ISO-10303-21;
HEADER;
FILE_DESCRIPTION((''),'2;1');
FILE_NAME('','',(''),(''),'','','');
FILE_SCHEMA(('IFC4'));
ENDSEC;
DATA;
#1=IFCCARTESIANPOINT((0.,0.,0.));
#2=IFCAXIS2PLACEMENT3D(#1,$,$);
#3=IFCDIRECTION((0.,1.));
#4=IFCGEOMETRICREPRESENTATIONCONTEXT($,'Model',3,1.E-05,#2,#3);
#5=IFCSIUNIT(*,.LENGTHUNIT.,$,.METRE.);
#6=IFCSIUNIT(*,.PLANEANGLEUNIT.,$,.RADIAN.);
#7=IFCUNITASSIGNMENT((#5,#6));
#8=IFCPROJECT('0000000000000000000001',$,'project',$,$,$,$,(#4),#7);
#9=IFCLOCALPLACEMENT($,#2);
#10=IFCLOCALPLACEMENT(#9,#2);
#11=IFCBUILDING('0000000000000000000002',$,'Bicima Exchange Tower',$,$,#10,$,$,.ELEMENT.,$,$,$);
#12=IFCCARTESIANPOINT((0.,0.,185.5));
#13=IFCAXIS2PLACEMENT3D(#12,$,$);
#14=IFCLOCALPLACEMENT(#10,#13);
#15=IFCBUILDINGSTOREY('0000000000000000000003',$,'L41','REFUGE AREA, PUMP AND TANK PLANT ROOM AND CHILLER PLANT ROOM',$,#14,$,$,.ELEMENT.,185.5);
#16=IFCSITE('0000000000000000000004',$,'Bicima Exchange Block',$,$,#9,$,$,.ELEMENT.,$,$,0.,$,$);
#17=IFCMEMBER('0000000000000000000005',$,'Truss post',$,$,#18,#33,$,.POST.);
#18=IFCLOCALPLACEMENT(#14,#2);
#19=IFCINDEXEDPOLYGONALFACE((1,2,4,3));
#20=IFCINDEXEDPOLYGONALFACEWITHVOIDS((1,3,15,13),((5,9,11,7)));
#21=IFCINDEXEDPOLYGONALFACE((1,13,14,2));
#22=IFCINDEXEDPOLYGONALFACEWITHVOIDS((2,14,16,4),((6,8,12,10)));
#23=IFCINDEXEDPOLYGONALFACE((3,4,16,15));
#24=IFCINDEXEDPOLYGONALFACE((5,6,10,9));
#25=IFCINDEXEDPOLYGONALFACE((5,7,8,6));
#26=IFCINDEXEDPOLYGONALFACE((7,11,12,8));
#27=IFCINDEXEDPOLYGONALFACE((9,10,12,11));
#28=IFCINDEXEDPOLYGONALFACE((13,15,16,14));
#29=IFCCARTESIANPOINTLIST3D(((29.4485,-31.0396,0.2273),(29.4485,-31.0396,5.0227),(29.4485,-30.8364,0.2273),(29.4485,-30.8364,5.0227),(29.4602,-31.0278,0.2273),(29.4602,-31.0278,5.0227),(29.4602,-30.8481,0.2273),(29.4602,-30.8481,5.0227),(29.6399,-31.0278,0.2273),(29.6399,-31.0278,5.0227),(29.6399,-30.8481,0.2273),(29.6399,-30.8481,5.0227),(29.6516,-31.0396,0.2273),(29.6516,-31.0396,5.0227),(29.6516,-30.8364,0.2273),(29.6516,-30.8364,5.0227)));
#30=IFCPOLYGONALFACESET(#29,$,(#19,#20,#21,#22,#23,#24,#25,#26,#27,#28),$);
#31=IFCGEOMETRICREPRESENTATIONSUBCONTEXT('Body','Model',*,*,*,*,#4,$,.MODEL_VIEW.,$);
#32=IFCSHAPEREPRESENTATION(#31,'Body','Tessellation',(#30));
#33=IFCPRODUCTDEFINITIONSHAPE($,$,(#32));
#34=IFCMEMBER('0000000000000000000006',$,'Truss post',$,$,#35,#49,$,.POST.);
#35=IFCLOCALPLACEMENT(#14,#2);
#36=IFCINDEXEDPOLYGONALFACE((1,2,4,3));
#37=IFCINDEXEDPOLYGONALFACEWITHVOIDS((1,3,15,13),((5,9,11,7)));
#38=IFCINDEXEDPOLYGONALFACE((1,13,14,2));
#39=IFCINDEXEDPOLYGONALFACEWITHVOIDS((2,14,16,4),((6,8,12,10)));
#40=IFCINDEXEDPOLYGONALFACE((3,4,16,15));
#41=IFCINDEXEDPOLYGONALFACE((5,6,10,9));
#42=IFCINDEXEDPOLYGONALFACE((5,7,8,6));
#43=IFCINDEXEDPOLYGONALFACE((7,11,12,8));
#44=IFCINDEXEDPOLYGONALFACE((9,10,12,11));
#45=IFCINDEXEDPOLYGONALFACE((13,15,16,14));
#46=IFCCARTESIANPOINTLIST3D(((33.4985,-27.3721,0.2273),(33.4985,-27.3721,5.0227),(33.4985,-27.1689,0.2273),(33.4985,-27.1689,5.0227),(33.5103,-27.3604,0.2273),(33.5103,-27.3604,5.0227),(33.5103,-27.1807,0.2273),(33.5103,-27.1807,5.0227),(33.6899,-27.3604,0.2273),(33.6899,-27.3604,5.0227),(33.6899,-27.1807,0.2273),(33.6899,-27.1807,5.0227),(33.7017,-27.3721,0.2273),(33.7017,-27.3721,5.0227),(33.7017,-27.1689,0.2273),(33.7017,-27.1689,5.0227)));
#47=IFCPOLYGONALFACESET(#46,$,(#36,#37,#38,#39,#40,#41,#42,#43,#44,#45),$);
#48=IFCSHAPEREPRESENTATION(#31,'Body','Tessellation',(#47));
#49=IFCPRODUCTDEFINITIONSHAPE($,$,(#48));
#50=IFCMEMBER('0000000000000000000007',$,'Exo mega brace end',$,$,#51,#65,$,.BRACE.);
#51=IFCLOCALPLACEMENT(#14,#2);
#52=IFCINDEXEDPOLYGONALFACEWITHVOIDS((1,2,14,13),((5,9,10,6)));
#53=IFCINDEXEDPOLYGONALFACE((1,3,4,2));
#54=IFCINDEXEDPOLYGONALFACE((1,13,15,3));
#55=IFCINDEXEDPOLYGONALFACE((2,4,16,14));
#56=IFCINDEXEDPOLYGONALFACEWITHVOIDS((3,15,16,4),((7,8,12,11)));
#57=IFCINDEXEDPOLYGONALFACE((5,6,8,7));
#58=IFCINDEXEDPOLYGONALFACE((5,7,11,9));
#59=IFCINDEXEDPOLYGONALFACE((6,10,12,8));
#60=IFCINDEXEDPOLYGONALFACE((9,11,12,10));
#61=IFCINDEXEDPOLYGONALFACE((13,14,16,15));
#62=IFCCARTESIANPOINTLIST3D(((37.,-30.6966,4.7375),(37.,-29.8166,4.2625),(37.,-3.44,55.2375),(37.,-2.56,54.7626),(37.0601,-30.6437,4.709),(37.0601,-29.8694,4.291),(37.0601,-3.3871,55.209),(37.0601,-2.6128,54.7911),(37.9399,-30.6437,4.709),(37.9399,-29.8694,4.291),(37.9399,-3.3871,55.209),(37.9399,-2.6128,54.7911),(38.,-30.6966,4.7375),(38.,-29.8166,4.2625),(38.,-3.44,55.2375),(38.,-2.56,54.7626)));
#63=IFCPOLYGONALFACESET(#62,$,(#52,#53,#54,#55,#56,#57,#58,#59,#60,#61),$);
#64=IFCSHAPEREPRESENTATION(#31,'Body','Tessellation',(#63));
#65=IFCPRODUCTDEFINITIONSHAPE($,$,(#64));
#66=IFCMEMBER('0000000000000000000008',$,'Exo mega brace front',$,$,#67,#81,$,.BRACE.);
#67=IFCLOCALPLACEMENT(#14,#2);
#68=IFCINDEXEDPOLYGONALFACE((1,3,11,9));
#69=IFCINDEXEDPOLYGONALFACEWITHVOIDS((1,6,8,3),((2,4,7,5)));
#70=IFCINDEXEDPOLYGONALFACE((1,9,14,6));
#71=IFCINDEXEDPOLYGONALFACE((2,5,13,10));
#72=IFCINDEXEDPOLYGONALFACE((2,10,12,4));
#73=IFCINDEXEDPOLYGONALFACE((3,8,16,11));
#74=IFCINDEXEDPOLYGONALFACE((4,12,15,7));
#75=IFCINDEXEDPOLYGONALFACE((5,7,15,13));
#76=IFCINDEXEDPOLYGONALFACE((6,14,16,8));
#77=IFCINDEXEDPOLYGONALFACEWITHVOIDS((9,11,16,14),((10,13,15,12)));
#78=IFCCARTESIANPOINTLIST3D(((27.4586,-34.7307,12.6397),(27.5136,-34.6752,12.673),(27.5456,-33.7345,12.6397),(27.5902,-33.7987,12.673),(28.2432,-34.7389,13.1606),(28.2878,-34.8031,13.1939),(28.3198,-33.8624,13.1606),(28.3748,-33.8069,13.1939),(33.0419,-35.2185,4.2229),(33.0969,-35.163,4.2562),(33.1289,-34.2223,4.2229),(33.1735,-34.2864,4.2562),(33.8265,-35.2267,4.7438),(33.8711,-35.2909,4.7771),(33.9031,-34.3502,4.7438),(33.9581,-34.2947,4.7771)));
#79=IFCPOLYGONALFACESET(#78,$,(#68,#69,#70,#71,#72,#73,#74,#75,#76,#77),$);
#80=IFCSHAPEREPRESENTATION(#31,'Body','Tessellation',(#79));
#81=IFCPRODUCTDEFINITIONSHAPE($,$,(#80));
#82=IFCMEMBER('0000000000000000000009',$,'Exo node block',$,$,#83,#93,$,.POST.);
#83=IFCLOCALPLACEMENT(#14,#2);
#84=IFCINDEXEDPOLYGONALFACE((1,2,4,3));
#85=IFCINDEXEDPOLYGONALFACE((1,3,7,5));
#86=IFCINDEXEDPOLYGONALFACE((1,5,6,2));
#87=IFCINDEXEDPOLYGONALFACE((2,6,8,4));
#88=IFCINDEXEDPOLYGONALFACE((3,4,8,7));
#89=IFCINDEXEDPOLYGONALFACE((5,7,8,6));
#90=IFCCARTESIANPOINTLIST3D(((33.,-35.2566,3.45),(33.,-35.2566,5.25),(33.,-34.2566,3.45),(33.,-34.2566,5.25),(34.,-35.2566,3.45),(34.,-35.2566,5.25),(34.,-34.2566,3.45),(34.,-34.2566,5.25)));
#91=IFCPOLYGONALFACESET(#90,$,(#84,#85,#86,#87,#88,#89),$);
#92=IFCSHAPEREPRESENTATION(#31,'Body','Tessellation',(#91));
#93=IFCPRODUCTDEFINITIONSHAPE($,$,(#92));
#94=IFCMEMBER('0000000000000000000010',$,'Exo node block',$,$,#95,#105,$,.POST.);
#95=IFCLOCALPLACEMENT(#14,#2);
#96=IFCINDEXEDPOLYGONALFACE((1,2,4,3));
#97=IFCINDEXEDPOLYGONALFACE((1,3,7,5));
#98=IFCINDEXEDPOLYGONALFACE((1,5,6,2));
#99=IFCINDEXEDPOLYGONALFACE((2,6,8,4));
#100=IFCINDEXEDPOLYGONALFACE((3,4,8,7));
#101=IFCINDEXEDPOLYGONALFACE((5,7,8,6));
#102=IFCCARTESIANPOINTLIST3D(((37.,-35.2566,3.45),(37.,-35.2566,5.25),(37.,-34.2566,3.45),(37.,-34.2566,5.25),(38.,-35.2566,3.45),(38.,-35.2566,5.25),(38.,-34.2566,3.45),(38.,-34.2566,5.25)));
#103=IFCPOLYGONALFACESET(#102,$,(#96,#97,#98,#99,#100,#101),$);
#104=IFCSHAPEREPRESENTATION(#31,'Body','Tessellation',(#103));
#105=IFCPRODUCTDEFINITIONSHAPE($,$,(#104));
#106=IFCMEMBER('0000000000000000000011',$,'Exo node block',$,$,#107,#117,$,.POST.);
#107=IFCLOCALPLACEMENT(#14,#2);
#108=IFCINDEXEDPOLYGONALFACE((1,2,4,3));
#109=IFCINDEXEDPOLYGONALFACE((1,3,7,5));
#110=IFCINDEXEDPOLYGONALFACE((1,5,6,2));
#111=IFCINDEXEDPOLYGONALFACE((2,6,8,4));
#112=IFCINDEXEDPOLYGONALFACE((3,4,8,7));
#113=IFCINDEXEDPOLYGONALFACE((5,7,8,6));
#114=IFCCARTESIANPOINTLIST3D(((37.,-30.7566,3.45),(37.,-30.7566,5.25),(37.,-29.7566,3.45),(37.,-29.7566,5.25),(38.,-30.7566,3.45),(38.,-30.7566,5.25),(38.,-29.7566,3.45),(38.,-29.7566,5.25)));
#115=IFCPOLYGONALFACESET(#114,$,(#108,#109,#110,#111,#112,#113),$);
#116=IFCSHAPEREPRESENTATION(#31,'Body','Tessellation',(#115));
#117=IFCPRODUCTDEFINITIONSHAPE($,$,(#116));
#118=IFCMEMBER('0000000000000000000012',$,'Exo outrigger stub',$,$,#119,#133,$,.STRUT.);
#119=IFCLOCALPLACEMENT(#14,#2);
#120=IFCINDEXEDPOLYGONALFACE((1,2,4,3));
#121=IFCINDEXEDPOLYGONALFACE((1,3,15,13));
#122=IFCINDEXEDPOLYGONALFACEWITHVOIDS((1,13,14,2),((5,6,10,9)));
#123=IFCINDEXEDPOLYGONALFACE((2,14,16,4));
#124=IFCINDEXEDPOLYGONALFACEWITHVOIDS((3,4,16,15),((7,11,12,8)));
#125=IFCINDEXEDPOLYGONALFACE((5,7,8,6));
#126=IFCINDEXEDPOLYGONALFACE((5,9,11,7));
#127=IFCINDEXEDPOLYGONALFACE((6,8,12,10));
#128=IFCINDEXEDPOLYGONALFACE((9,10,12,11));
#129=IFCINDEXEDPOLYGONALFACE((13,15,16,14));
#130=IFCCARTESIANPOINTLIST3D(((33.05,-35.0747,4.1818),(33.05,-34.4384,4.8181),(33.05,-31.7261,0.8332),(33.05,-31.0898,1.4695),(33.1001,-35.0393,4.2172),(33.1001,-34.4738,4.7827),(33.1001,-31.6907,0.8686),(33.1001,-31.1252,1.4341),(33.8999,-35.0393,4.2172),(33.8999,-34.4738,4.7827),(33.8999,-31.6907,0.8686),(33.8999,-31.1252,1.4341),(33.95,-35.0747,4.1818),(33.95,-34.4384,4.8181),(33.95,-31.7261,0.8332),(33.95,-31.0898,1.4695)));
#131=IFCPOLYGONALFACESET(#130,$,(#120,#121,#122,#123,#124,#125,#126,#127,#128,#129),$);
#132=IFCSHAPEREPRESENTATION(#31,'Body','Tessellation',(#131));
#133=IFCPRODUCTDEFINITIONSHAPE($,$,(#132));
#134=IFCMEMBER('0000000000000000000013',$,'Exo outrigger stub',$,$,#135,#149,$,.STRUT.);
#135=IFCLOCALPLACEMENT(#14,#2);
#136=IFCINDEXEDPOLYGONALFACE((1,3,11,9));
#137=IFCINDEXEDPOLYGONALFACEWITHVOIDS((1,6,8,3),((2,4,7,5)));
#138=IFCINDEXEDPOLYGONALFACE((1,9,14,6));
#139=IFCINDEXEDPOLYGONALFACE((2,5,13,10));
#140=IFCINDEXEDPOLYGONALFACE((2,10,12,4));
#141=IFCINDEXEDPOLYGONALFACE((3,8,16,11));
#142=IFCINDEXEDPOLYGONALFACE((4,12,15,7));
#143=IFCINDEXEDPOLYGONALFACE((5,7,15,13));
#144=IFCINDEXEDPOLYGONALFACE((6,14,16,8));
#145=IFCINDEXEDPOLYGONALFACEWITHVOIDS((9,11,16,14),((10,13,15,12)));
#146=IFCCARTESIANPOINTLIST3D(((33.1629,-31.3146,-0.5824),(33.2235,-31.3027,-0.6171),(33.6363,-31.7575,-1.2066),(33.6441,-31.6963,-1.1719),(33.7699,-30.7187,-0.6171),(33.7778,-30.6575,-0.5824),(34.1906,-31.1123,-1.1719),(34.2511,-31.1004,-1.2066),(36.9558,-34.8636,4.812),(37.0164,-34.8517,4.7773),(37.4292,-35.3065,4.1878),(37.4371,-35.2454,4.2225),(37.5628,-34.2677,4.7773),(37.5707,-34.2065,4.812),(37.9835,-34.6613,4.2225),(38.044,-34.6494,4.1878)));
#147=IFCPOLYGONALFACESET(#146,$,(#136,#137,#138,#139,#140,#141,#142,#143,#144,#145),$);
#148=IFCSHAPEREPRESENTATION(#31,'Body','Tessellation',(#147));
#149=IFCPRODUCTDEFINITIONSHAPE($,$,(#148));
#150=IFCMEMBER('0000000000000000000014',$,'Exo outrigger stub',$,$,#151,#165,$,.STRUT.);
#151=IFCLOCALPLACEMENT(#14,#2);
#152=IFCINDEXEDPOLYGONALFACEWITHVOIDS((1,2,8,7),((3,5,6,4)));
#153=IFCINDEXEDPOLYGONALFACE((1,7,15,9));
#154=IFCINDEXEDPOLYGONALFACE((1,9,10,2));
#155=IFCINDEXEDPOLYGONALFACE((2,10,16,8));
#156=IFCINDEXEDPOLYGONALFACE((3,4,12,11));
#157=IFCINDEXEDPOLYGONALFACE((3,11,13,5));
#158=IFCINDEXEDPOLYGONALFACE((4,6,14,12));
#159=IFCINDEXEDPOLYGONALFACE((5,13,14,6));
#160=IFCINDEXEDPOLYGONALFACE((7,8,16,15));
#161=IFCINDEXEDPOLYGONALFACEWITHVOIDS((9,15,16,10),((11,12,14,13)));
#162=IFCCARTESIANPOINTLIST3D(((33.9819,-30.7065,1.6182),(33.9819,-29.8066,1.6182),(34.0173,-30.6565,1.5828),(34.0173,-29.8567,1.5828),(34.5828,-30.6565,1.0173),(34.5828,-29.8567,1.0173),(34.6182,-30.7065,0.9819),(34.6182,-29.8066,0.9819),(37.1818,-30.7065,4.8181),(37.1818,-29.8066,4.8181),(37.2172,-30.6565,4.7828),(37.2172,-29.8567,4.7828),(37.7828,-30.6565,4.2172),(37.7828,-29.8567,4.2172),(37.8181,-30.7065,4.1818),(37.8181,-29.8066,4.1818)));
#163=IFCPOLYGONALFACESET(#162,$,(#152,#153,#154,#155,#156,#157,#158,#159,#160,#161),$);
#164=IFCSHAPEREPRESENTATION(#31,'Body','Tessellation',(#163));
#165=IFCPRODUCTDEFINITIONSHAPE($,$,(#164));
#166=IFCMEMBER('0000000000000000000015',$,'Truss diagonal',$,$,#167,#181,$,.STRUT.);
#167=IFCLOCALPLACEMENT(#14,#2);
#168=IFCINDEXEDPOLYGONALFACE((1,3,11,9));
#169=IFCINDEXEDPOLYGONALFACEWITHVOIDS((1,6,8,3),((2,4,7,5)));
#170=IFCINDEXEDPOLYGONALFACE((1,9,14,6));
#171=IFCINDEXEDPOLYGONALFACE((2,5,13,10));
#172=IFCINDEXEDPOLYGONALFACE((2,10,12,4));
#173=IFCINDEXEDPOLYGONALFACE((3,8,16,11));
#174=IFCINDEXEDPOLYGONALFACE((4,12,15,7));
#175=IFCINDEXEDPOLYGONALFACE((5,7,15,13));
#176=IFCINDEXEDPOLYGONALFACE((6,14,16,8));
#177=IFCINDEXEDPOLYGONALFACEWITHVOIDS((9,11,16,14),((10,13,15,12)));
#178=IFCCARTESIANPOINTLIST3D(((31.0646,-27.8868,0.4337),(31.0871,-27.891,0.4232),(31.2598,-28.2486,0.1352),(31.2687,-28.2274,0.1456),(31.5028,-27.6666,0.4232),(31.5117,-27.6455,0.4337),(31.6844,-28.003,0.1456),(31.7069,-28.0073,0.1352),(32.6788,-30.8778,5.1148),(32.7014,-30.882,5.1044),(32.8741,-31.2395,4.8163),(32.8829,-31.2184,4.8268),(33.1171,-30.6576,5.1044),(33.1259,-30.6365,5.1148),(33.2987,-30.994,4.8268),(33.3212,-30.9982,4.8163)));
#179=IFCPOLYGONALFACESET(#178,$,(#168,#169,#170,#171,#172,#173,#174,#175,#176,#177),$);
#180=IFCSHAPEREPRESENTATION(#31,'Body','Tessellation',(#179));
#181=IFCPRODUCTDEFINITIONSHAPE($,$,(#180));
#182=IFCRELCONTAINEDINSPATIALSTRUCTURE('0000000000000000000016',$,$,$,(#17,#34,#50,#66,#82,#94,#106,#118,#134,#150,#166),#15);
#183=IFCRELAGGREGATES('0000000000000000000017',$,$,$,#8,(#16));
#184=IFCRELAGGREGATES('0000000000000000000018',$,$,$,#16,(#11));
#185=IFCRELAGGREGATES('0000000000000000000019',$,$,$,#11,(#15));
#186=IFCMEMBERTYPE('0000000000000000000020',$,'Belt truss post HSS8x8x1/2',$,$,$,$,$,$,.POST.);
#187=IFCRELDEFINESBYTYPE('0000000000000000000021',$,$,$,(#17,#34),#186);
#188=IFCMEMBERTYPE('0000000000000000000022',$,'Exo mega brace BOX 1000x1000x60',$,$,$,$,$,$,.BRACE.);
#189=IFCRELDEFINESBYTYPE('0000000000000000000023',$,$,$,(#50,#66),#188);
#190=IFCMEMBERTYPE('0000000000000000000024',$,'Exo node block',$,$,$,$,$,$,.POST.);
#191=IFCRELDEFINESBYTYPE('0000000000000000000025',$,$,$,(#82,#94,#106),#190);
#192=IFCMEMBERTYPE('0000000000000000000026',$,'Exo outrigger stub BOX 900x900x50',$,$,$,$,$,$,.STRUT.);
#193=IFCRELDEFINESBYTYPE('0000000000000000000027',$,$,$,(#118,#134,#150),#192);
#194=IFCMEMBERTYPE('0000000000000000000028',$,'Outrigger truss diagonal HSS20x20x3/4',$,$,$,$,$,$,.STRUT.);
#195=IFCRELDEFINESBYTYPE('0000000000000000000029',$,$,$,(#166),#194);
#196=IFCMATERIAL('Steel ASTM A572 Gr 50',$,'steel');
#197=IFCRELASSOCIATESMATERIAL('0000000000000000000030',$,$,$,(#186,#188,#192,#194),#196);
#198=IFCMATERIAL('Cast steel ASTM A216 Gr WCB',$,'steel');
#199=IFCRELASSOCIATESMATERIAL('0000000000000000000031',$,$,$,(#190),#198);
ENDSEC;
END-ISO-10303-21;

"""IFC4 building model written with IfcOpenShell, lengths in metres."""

from ifc_helpers import new_model, si_unit, direction, frame, origin, origin_2d, place, context, subcontext, project, spatial, rectangle, hollow_rectangle, extrude, material, material_profile, profile_set, type_object, element, save


model = new_model("IFC4")

# Units and contexts
model_context = context("Model", 3, precision=1e-05, world=origin(), true_north=direction((0.0, 1.0)))
body_context = subcontext(model_context, "Body", "Model", "MODEL_VIEW")
ifc_project = project(units=[si_unit("LENGTHUNIT", "METRE"), si_unit("PLANEANGLEUNIT", "RADIAN")], contexts=[model_context])

# Site, building, storey
site_placement = place(None, origin())
site = spatial("IfcSite", under=ifc_project, at=site_placement, Name="Bicima Exchange Block", CompositionType="ELEMENT", RefElevation=0.0)
building_placement = place(site_placement, origin())
building = spatial("IfcBuilding", under=site, at=building_placement, Name="Bicima Exchange Tower", CompositionType="ELEMENT")
storey_placement = place(building_placement, frame((0.0, 0.0, 185.5)))
storey = spatial("IfcBuildingStorey", under=building, at=storey_placement, Name="L41", Description="REFUGE AREA, PUMP AND TANK PLANT ROOM AND CHILLER PLANT ROOM", CompositionType="ELEMENT", Elevation=185.5)

# Shared definitions
ifc_material_1 = material(Name="Steel ASTM A572 Gr 50", Category="steel")

# Members
ifc_material_profile_1 = material_profile(ifc_material_1, hollow_rectangle(XDim=0.2031, YDim=0.2031, WallThickness=0.0117, at=origin_2d()))
ifc_profile_set_1 = profile_set([ifc_material_profile_1], Name="Steel ASTM A572 Gr 50")
member_type_1 = type_object("IfcMemberType", Name="Belt truss post HSS8x8x1/2", PredefinedType="POST", material=ifc_profile_set_1)
for number, where, z_axis, x_axis, name in (
    (1, (29.55, -30.938, 0.2273), (0.0, 0.0, 1.0), (1.0, 0.0, 0.0), "Truss post"),
    (2, (33.6001, -27.2705, 0.2273), (0.0, 0.0, 1.0), (1.0, 0.0, 0.0), "Truss post"),
):
    element("IfcMember", number, at=place(storey_placement, frame(where, z_axis=z_axis, x_axis=x_axis)), inside=storey, type_object=member_type_1, Name=name, PredefinedType="POST", context=body_context, shape_type="SweptSolid", body=[
        extrude(hollow_rectangle(XDim=0.2031, YDim=0.2031, WallThickness=0.0117, at=origin_2d()), origin(), (0.0, 0.0, 1.0), 4.7954),
    ])
ifc_material_profile_2 = material_profile(ifc_material_1, hollow_rectangle(XDim=1.0, YDim=1.0, WallThickness=0.0601, at=origin_2d()))
ifc_profile_set_2 = profile_set([ifc_material_profile_2], Name="Steel ASTM A572 Gr 50")
member_type_2 = type_object("IfcMemberType", Name="Exo mega brace BOX 1000x1000x60", PredefinedType="BRACE", material=ifc_profile_set_2)
member_1_placement = place(storey_placement, frame((37.5, -30.2566, 4.5), z_axis=(0.0, 0.474968, 0.880003), x_axis=(-1.0, 0.0, 0.0)))
element("IfcMember", 3, at=member_1_placement, inside=storey, type_object=member_type_2, Name="Exo mega brace end", PredefinedType="BRACE", context=body_context, shape_type="SweptSolid", body=[
    extrude(hollow_rectangle(XDim=1.0, YDim=1.0, WallThickness=0.0601, at=origin_2d()), origin(), (0.0, 0.0, 1.0), 57.3862),
])
member_2_placement = place(storey_placement, frame((33.5, -34.7566, 4.5), z_axis=(-0.552142, 0.048239, 0.832353), x_axis=(-0.087036, -0.996205, 0.0)))
element("IfcMember", 4, at=member_2_placement, inside=storey, type_object=member_type_2, Name="Exo mega brace front", PredefinedType="BRACE", context=body_context, shape_type="SweptSolid", body=[
    extrude(hollow_rectangle(XDim=1.0, YDim=1.0, WallThickness=0.0601, at=origin_2d()), origin(), (0.0, 0.0, 1.0), 10.1121),
])
ifc_material_2 = material(Name="Cast steel ASTM A216 Gr WCB", Category="steel")
ifc_material_profile_3 = material_profile(ifc_material_2, rectangle(XDim=1.0, YDim=1.0, at=origin_2d()))
ifc_profile_set_3 = profile_set([ifc_material_profile_3], Name="Cast steel ASTM A216 Gr WCB")
member_type_3 = type_object("IfcMemberType", Name="Exo node block", PredefinedType="POST", material=ifc_profile_set_3)
for number, where, z_axis, x_axis, name in (
    (5, (33.5, -34.7566, 3.45), (0.0, 0.0, 1.0), (1.0, 0.0, 0.0), "Exo node block"),
    (6, (37.5, -34.7566, 3.45), (0.0, 0.0, 1.0), (1.0, 0.0, 0.0), "Exo node block"),
    (7, (37.5, -30.2566, 3.45), (0.0, 0.0, 1.0), (1.0, 0.0, 0.0), "Exo node block"),
):
    element("IfcMember", number, at=place(storey_placement, frame(where, z_axis=z_axis, x_axis=x_axis)), inside=storey, type_object=member_type_3, Name=name, PredefinedType="POST", context=body_context, shape_type="SweptSolid", body=[
        extrude(rectangle(XDim=1.0, YDim=1.0, at=origin_2d()), origin(), (0.0, 0.0, 1.0), 1.8),
    ])
ifc_material_profile_4 = material_profile(ifc_material_1, hollow_rectangle(XDim=0.8999, YDim=0.8999, WallThickness=0.05, at=origin_2d()))
ifc_profile_set_4 = profile_set([ifc_material_profile_4], Name="Steel ASTM A572 Gr 50")
member_type_4 = type_object("IfcMemberType", Name="Exo outrigger stub BOX 900x900x50", PredefinedType="STRUT", material=ifc_profile_set_4)
member_3_placement = place(storey_placement, frame((33.5, -31.408, 1.1514), z_axis=(0.0, -0.707107, 0.707107), x_axis=(1.0, 0.0, 0.0)))
element("IfcMember", 8, at=member_3_placement, inside=storey, type_object=member_type_4, Name="Exo outrigger stub", PredefinedType="STRUT", context=body_context, shape_type="SweptSolid", body=[
    extrude(hollow_rectangle(XDim=0.8999, YDim=0.8999, WallThickness=0.05, at=origin_2d()), origin(), (0.0, 0.0, 1.0), 4.7356),
])
member_4_placement = place(storey_placement, frame((33.707, -31.2075, -0.8945), z_axis=(0.506479, -0.473912, 0.720338), x_axis=(0.68324, 0.730194, 0.0)))
element("IfcMember", 9, at=member_4_placement, inside=storey, type_object=member_type_4, Name="Exo outrigger stub", PredefinedType="STRUT", context=body_context, shape_type="SweptSolid", body=[
    extrude(hollow_rectangle(XDim=0.8999, YDim=0.8999, WallThickness=0.05, at=origin_2d()), origin(), (0.0, 0.0, 1.0), 7.4888),
])
member_5_placement = place(storey_placement, frame((34.3, -30.2566, 1.3), z_axis=(0.707107, 0.0, 0.707107), x_axis=(0.0, 1.0, 0.0)))
element("IfcMember", 10, at=member_5_placement, inside=storey, type_object=member_type_4, Name="Exo outrigger stub", PredefinedType="STRUT", context=body_context, shape_type="SweptSolid", body=[
    extrude(hollow_rectangle(XDim=0.8999, YDim=0.8999, WallThickness=0.05, at=origin_2d()), origin(), (0.0, 0.0, 1.0), 4.5254),
])
ifc_material_profile_5 = material_profile(ifc_material_1, hollow_rectangle(XDim=0.5081, YDim=0.5081, WallThickness=0.0178, at=origin_2d()))
ifc_profile_set_5 = profile_set([ifc_material_profile_5], Name="Steel ASTM A572 Gr 50")
member_type_5 = type_object("IfcMemberType", Name="Outrigger truss diagonal HSS20x20x3/4", PredefinedType="STRUT", material=ifc_profile_set_5)
member_6_placement = place(storey_placement, frame((31.3857, -27.947, 0.2844), z_axis=(0.279048, -0.517031, 0.809204), x_axis=(0.880012, 0.474952, 0.0)))
element("IfcMember", 11, at=member_6_placement, inside=storey, type_object=member_type_5, Name="Truss diagonal", PredefinedType="STRUT", context=body_context, shape_type="SweptSolid", body=[
    extrude(hollow_rectangle(XDim=0.5081, YDim=0.5081, WallThickness=0.0178, at=origin_2d()), origin(), (0.0, 0.0, 1.0), 5.7849),
])

save(model, "model.ifc")
